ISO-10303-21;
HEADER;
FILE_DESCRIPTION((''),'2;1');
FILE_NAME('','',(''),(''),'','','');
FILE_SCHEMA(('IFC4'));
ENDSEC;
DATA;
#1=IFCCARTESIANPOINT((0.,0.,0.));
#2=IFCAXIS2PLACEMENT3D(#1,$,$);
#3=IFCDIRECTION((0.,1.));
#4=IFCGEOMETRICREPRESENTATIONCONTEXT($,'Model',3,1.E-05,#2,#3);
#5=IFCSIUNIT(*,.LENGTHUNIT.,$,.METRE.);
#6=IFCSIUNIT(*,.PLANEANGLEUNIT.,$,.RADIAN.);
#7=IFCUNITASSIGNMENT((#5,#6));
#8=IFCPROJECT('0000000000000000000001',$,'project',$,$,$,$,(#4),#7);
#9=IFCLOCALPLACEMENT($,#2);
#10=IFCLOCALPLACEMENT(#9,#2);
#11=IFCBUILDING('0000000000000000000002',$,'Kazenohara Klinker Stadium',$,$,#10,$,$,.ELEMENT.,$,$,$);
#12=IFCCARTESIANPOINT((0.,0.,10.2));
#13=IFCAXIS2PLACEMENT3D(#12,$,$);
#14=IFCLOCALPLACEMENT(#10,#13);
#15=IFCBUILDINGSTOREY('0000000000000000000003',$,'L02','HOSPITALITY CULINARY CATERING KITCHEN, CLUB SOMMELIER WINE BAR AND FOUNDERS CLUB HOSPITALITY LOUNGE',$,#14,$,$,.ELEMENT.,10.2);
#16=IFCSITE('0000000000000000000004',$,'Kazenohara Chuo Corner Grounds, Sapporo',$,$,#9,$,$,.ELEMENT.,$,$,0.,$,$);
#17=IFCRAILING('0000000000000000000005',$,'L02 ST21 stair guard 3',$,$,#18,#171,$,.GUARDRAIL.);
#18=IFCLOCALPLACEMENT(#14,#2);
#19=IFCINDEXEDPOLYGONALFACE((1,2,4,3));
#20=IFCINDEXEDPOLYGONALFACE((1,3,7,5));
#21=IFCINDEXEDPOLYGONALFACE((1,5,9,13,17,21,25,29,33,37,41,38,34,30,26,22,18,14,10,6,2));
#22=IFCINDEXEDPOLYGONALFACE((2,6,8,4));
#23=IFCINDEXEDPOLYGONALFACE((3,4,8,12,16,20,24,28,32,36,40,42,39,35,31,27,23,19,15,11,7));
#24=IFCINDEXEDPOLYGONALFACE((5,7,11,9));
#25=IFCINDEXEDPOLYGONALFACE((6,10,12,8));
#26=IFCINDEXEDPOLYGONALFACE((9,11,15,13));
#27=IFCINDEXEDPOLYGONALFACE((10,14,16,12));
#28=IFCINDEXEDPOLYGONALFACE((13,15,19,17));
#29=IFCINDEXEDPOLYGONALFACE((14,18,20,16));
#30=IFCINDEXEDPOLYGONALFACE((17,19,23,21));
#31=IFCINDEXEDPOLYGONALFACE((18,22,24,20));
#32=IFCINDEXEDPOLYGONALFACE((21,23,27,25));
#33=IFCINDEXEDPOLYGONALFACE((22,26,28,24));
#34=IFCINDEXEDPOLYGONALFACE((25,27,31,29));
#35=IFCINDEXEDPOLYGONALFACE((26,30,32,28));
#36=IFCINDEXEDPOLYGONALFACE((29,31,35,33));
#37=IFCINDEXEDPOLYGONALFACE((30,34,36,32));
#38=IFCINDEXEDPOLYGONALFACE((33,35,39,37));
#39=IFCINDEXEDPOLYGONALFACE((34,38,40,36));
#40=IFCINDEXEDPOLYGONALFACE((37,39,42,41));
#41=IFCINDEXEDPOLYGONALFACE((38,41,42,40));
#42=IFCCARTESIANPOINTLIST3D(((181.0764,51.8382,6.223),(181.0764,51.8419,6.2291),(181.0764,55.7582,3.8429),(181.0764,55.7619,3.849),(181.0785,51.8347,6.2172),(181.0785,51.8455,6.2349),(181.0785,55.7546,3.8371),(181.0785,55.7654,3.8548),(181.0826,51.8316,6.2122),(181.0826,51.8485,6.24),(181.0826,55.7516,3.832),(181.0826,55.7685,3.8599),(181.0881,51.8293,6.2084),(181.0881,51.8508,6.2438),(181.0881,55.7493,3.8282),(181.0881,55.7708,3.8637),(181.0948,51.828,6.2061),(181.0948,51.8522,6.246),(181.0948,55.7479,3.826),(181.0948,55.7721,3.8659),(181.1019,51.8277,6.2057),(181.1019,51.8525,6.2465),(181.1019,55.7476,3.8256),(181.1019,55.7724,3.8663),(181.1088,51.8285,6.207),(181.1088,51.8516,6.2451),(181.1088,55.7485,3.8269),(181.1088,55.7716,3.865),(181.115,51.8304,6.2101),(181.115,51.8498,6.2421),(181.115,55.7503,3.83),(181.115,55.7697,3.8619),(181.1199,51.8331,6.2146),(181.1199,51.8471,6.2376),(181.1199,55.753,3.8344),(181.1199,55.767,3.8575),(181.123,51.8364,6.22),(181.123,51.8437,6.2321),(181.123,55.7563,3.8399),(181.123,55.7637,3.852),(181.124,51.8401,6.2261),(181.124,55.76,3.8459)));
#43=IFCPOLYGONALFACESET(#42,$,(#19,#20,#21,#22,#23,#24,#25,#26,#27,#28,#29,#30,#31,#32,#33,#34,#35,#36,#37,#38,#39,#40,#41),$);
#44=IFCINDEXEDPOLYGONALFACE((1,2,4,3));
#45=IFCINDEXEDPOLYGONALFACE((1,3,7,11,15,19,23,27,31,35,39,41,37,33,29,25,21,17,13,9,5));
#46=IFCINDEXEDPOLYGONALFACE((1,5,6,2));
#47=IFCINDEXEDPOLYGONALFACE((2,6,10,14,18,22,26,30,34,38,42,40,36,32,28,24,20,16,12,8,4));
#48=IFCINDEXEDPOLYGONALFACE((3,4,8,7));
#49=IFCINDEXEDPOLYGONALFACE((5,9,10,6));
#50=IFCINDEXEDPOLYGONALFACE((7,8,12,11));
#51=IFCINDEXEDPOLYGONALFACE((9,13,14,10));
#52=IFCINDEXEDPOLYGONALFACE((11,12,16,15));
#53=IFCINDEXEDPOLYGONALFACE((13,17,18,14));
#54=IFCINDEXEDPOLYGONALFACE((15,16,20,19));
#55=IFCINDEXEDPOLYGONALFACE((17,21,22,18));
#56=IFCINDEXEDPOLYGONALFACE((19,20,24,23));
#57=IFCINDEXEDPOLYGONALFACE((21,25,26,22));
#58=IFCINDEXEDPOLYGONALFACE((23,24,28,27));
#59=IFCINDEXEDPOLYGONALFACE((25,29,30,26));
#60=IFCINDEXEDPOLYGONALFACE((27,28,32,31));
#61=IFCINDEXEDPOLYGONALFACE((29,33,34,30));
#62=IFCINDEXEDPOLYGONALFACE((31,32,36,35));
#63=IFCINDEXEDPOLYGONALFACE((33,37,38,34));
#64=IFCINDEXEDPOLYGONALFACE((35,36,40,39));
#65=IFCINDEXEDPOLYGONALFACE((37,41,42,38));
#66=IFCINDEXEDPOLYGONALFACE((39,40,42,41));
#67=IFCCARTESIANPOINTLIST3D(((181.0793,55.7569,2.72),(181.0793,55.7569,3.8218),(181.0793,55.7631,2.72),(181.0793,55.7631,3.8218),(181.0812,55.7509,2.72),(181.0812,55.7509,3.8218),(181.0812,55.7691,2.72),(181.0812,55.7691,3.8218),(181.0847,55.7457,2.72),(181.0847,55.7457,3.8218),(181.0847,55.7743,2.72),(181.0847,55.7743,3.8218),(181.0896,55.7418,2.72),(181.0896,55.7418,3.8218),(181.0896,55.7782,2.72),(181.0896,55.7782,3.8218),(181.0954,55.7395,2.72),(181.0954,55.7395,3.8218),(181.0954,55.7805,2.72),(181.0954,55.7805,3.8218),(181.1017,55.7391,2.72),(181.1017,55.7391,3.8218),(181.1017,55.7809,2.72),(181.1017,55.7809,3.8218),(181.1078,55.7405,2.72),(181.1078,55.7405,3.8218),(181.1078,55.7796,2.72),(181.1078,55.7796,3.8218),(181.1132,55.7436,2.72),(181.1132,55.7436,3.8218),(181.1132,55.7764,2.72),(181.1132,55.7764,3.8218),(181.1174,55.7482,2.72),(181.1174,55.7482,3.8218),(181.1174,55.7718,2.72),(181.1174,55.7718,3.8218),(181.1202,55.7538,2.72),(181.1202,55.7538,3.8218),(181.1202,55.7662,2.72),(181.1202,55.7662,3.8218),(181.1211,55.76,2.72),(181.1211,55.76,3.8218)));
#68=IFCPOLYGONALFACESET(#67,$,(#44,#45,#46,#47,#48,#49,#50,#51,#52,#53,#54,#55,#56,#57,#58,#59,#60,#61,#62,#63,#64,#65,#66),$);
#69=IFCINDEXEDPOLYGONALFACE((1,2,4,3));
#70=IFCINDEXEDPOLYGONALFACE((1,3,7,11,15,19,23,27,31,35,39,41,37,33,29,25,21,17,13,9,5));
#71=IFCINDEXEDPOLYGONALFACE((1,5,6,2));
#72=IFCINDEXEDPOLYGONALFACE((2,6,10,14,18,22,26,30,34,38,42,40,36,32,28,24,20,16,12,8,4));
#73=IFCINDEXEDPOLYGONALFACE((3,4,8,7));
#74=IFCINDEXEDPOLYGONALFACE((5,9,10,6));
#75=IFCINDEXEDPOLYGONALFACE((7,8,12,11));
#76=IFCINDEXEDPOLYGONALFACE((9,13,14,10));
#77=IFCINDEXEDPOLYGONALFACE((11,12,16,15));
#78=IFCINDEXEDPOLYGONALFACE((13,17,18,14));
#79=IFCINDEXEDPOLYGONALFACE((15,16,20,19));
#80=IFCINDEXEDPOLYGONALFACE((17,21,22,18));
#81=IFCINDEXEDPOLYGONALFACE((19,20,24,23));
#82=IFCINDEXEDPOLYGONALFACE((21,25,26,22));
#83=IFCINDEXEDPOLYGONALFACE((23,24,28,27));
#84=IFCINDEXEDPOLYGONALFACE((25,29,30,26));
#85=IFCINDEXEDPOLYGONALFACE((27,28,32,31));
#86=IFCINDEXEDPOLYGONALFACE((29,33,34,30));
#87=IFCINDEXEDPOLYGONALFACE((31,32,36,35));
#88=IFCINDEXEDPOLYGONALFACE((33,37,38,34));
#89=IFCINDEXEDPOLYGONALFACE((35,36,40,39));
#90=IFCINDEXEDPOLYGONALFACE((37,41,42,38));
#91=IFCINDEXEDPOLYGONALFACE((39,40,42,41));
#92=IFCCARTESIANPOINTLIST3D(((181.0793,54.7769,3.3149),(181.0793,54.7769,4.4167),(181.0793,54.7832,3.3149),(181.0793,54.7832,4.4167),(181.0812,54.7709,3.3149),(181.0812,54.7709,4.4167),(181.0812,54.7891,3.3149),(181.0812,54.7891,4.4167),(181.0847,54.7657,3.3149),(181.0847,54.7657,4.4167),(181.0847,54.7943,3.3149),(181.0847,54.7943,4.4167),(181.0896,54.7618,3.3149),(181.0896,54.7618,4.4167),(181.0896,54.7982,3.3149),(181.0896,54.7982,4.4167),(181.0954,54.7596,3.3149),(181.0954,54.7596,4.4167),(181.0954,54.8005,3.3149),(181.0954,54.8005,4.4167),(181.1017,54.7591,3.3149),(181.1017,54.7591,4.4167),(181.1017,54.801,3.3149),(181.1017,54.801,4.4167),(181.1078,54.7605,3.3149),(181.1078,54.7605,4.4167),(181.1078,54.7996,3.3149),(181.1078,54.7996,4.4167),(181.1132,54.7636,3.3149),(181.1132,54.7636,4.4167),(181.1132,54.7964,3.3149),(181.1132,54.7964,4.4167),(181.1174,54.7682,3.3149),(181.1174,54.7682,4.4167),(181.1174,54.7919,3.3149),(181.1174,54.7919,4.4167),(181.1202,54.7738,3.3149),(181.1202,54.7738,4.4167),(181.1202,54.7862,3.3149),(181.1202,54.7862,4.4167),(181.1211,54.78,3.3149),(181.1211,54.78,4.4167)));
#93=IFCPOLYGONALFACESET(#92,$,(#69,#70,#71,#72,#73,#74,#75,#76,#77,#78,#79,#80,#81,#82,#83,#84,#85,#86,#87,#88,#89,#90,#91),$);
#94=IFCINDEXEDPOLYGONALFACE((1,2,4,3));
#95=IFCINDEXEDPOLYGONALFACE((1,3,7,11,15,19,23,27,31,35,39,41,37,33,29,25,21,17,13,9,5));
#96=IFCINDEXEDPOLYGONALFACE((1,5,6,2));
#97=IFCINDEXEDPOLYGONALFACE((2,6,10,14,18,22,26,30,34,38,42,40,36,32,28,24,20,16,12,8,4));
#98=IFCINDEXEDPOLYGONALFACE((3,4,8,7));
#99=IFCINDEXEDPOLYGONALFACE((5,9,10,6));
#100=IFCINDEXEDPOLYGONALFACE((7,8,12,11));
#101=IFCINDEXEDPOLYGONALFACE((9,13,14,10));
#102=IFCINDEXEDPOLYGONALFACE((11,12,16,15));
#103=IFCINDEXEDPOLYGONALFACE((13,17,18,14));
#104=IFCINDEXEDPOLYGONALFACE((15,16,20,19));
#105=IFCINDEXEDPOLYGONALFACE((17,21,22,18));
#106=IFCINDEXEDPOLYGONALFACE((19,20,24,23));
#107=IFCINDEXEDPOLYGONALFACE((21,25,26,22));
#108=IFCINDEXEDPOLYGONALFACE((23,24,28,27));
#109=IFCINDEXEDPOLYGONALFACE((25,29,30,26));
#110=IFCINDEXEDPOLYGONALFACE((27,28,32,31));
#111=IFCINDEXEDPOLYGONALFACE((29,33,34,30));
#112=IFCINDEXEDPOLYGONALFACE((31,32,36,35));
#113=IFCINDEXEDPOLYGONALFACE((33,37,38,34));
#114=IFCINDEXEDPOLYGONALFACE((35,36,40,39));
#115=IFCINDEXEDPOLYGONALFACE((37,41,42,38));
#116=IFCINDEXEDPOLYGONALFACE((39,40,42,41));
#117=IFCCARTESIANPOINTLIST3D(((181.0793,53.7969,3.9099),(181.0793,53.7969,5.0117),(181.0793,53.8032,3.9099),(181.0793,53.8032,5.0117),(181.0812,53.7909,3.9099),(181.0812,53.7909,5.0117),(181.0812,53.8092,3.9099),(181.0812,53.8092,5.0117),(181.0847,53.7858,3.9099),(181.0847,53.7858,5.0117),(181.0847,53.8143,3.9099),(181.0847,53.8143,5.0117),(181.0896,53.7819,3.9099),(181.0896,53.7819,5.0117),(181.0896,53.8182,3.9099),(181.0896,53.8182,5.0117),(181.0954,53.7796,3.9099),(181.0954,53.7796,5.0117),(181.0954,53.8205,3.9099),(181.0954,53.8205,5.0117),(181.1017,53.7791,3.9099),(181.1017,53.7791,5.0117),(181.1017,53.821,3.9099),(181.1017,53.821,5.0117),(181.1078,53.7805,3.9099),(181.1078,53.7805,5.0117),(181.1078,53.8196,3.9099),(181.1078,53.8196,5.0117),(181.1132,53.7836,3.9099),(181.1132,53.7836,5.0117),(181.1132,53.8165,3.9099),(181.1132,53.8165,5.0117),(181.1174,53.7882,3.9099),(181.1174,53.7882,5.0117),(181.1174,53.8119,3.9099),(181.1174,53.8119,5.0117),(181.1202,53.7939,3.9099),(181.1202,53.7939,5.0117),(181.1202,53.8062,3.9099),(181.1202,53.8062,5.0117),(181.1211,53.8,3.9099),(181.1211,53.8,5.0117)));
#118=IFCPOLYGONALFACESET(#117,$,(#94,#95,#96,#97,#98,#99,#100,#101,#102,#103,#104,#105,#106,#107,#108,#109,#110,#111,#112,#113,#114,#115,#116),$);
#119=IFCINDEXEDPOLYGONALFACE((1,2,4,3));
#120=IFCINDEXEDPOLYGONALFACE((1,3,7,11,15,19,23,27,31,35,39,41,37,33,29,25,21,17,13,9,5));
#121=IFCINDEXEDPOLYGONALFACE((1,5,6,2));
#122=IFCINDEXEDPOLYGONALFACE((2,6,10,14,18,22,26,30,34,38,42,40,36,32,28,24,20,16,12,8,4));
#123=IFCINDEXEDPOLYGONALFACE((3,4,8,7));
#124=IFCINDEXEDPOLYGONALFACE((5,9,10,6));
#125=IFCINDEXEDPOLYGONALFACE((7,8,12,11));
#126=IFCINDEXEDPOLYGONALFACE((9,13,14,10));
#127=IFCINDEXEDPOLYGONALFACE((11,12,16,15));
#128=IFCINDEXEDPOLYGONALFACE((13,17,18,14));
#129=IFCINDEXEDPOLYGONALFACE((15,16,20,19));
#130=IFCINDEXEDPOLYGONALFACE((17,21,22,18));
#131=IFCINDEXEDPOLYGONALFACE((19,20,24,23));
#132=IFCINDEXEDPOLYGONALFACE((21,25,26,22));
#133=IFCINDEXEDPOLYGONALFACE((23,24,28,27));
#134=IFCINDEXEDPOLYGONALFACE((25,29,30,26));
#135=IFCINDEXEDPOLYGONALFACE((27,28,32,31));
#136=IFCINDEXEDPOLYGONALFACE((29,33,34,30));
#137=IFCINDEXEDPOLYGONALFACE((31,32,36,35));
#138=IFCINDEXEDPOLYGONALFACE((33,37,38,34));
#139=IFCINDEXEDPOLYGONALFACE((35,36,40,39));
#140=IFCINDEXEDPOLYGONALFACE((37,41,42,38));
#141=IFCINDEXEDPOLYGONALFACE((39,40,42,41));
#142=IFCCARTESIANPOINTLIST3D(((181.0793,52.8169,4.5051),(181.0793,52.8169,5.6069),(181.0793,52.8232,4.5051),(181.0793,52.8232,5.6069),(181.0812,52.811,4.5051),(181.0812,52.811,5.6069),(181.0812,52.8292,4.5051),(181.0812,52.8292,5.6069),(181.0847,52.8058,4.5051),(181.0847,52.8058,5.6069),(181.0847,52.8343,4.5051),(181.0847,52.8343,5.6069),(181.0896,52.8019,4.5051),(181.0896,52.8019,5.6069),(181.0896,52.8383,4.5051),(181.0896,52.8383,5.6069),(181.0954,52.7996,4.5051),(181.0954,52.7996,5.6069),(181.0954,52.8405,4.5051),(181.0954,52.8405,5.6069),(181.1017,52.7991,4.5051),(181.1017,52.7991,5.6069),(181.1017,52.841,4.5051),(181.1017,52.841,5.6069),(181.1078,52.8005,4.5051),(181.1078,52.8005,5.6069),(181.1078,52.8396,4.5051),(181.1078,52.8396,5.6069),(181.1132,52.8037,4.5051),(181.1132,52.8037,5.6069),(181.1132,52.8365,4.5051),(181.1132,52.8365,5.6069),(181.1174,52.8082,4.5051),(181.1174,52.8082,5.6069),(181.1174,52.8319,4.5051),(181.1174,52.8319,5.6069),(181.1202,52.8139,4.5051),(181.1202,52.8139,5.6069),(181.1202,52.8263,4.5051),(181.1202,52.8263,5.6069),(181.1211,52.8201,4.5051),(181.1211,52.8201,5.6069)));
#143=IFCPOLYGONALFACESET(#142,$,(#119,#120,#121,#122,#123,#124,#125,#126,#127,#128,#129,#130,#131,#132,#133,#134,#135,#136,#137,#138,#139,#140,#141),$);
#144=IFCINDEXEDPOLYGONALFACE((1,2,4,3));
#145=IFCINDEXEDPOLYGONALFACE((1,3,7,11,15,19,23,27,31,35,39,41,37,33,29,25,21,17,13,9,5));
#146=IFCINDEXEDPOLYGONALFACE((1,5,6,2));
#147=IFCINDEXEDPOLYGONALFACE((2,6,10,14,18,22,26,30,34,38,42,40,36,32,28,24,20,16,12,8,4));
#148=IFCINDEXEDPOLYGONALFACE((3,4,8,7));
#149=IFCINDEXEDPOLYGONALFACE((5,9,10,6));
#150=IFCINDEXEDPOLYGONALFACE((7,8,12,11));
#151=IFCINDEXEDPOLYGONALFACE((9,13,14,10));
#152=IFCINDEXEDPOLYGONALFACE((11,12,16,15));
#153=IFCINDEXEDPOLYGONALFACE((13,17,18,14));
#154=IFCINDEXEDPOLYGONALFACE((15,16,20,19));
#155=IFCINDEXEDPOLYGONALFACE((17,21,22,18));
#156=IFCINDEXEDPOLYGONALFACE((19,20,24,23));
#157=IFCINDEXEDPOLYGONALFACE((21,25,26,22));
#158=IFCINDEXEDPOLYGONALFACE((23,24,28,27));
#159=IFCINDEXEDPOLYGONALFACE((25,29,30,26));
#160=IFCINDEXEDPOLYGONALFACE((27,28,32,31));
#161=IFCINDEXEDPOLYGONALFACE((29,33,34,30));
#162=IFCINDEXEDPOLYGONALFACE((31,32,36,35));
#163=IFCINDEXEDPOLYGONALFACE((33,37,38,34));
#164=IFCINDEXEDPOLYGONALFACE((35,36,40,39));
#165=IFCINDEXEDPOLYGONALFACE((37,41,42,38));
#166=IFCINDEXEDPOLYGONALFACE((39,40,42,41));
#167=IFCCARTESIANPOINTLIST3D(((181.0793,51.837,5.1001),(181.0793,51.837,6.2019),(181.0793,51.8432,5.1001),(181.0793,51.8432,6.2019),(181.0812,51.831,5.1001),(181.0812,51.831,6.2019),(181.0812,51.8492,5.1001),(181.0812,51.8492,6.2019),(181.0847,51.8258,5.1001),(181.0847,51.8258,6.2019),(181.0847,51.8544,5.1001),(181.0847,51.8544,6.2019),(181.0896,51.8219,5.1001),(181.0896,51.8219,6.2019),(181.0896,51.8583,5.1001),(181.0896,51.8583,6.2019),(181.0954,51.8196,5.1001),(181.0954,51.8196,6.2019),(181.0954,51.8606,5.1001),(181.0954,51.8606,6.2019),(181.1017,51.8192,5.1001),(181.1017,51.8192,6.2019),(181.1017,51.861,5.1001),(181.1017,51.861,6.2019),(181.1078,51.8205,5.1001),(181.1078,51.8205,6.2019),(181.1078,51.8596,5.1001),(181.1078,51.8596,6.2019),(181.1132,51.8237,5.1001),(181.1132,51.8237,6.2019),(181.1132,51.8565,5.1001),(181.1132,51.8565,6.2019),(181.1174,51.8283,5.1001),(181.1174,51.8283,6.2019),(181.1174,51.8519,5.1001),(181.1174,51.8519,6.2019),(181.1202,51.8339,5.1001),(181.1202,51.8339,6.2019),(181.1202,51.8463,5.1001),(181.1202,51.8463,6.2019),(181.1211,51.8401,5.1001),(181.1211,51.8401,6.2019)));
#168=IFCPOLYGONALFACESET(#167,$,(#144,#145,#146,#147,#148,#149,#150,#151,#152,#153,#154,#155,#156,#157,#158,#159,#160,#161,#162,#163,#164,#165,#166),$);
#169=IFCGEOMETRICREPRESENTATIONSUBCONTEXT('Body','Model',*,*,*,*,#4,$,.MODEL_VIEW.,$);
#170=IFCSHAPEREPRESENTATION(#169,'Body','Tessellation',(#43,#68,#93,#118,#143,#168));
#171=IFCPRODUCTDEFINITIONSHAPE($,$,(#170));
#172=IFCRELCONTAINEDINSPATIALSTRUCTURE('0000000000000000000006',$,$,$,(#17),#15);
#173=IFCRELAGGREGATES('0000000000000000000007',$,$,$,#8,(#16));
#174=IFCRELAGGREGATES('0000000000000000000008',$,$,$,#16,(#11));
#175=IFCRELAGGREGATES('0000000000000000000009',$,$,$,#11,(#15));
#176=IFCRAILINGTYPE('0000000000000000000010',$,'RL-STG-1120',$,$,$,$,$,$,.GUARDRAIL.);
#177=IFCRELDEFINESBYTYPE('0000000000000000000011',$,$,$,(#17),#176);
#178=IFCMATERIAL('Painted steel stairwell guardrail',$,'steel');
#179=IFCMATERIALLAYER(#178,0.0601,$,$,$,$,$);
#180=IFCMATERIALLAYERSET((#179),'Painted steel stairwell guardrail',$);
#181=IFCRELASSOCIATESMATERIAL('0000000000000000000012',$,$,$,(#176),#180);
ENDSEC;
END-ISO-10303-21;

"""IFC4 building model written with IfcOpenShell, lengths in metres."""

from ifc_helpers import new_model, si_unit, direction, frame, origin, origin_2d, place, context, subcontext, project, spatial, circle, extrude, material, layer, layer_set, type_object, element, save


model = new_model("IFC4")

# Units and contexts
model_context = context("Model", 3, precision=1e-05, world=origin(), true_north=direction((0.0, 1.0)))
body_context = subcontext(model_context, "Body", "Model", "MODEL_VIEW")
ifc_project = project(units=[si_unit("LENGTHUNIT", "METRE"), si_unit("PLANEANGLEUNIT", "RADIAN")], contexts=[model_context])

# Site, building, storey
site_placement = place(None, origin())
site = spatial("IfcSite", under=ifc_project, at=site_placement, Name="Kazenohara Chuo Corner Grounds, Sapporo", CompositionType="ELEMENT", RefElevation=0.0)
building_placement = place(site_placement, origin())
building = spatial("IfcBuilding", under=site, at=building_placement, Name="Kazenohara Klinker Stadium", CompositionType="ELEMENT")
storey_placement = place(building_placement, frame((0.0, 0.0, 10.2)))
storey = spatial("IfcBuildingStorey", under=building, at=storey_placement, Name="L02", Description="HOSPITALITY CULINARY CATERING KITCHEN, CLUB SOMMELIER WINE BAR AND FOUNDERS CLUB HOSPITALITY LOUNGE", CompositionType="ELEMENT", Elevation=10.2)

# Railing
ifc_material_1 = material(Name="Painted steel stairwell guardrail", Category="steel")
ifc_layer_1 = layer(ifc_material_1, 0.0601)
ifc_layer_set_1 = layer_set([ifc_layer_1], Name="Painted steel stairwell guardrail")
railing_type_1 = type_object("IfcRailingType", Name="RL-STG-1120", PredefinedType="GUARDRAIL", material=ifc_layer_set_1)
railing_1_placement = place(storey_placement, frame((181.1001, 55.76, 2.72)))
element("IfcRailing", 1, at=railing_1_placement, inside=storey, type_object=railing_type_1, Name="L02 ST21 stair guard 3", PredefinedType="GUARDRAIL", context=body_context, shape_type="SweptSolid", body=[
    extrude(circle(Radius=0.0239, at=origin_2d()), frame((0.0, 0.0, 1.126), z_axis=(0.0, -0.854771, 0.519006), x_axis=(1.0, 0.0, 0.0)), (0.0, 0.0, 1.0), 4.5859),
    extrude(circle(Radius=0.021, at=origin_2d()), origin(), (0.0, 0.0, 1.0), 1.1018),
    extrude(circle(Radius=0.021, at=origin_2d()), frame((0.0, -0.98, 0.595)), (0.0, 0.0, 1.0), 1.1018),
    extrude(circle(Radius=0.021, at=origin_2d()), frame((0.0, -1.96, 1.1899)), (0.0, 0.0, 1.0), 1.1018),
    extrude(circle(Radius=0.021, at=origin_2d()), frame((0.0, -2.9399, 1.7852)), (0.0, 0.0, 1.0), 1.1018),
    extrude(circle(Radius=0.021, at=origin_2d()), frame((0.0, -3.9199, 2.3801)), (0.0, 0.0, 1.0), 1.1018),
])

save(model, "model.ifc")
